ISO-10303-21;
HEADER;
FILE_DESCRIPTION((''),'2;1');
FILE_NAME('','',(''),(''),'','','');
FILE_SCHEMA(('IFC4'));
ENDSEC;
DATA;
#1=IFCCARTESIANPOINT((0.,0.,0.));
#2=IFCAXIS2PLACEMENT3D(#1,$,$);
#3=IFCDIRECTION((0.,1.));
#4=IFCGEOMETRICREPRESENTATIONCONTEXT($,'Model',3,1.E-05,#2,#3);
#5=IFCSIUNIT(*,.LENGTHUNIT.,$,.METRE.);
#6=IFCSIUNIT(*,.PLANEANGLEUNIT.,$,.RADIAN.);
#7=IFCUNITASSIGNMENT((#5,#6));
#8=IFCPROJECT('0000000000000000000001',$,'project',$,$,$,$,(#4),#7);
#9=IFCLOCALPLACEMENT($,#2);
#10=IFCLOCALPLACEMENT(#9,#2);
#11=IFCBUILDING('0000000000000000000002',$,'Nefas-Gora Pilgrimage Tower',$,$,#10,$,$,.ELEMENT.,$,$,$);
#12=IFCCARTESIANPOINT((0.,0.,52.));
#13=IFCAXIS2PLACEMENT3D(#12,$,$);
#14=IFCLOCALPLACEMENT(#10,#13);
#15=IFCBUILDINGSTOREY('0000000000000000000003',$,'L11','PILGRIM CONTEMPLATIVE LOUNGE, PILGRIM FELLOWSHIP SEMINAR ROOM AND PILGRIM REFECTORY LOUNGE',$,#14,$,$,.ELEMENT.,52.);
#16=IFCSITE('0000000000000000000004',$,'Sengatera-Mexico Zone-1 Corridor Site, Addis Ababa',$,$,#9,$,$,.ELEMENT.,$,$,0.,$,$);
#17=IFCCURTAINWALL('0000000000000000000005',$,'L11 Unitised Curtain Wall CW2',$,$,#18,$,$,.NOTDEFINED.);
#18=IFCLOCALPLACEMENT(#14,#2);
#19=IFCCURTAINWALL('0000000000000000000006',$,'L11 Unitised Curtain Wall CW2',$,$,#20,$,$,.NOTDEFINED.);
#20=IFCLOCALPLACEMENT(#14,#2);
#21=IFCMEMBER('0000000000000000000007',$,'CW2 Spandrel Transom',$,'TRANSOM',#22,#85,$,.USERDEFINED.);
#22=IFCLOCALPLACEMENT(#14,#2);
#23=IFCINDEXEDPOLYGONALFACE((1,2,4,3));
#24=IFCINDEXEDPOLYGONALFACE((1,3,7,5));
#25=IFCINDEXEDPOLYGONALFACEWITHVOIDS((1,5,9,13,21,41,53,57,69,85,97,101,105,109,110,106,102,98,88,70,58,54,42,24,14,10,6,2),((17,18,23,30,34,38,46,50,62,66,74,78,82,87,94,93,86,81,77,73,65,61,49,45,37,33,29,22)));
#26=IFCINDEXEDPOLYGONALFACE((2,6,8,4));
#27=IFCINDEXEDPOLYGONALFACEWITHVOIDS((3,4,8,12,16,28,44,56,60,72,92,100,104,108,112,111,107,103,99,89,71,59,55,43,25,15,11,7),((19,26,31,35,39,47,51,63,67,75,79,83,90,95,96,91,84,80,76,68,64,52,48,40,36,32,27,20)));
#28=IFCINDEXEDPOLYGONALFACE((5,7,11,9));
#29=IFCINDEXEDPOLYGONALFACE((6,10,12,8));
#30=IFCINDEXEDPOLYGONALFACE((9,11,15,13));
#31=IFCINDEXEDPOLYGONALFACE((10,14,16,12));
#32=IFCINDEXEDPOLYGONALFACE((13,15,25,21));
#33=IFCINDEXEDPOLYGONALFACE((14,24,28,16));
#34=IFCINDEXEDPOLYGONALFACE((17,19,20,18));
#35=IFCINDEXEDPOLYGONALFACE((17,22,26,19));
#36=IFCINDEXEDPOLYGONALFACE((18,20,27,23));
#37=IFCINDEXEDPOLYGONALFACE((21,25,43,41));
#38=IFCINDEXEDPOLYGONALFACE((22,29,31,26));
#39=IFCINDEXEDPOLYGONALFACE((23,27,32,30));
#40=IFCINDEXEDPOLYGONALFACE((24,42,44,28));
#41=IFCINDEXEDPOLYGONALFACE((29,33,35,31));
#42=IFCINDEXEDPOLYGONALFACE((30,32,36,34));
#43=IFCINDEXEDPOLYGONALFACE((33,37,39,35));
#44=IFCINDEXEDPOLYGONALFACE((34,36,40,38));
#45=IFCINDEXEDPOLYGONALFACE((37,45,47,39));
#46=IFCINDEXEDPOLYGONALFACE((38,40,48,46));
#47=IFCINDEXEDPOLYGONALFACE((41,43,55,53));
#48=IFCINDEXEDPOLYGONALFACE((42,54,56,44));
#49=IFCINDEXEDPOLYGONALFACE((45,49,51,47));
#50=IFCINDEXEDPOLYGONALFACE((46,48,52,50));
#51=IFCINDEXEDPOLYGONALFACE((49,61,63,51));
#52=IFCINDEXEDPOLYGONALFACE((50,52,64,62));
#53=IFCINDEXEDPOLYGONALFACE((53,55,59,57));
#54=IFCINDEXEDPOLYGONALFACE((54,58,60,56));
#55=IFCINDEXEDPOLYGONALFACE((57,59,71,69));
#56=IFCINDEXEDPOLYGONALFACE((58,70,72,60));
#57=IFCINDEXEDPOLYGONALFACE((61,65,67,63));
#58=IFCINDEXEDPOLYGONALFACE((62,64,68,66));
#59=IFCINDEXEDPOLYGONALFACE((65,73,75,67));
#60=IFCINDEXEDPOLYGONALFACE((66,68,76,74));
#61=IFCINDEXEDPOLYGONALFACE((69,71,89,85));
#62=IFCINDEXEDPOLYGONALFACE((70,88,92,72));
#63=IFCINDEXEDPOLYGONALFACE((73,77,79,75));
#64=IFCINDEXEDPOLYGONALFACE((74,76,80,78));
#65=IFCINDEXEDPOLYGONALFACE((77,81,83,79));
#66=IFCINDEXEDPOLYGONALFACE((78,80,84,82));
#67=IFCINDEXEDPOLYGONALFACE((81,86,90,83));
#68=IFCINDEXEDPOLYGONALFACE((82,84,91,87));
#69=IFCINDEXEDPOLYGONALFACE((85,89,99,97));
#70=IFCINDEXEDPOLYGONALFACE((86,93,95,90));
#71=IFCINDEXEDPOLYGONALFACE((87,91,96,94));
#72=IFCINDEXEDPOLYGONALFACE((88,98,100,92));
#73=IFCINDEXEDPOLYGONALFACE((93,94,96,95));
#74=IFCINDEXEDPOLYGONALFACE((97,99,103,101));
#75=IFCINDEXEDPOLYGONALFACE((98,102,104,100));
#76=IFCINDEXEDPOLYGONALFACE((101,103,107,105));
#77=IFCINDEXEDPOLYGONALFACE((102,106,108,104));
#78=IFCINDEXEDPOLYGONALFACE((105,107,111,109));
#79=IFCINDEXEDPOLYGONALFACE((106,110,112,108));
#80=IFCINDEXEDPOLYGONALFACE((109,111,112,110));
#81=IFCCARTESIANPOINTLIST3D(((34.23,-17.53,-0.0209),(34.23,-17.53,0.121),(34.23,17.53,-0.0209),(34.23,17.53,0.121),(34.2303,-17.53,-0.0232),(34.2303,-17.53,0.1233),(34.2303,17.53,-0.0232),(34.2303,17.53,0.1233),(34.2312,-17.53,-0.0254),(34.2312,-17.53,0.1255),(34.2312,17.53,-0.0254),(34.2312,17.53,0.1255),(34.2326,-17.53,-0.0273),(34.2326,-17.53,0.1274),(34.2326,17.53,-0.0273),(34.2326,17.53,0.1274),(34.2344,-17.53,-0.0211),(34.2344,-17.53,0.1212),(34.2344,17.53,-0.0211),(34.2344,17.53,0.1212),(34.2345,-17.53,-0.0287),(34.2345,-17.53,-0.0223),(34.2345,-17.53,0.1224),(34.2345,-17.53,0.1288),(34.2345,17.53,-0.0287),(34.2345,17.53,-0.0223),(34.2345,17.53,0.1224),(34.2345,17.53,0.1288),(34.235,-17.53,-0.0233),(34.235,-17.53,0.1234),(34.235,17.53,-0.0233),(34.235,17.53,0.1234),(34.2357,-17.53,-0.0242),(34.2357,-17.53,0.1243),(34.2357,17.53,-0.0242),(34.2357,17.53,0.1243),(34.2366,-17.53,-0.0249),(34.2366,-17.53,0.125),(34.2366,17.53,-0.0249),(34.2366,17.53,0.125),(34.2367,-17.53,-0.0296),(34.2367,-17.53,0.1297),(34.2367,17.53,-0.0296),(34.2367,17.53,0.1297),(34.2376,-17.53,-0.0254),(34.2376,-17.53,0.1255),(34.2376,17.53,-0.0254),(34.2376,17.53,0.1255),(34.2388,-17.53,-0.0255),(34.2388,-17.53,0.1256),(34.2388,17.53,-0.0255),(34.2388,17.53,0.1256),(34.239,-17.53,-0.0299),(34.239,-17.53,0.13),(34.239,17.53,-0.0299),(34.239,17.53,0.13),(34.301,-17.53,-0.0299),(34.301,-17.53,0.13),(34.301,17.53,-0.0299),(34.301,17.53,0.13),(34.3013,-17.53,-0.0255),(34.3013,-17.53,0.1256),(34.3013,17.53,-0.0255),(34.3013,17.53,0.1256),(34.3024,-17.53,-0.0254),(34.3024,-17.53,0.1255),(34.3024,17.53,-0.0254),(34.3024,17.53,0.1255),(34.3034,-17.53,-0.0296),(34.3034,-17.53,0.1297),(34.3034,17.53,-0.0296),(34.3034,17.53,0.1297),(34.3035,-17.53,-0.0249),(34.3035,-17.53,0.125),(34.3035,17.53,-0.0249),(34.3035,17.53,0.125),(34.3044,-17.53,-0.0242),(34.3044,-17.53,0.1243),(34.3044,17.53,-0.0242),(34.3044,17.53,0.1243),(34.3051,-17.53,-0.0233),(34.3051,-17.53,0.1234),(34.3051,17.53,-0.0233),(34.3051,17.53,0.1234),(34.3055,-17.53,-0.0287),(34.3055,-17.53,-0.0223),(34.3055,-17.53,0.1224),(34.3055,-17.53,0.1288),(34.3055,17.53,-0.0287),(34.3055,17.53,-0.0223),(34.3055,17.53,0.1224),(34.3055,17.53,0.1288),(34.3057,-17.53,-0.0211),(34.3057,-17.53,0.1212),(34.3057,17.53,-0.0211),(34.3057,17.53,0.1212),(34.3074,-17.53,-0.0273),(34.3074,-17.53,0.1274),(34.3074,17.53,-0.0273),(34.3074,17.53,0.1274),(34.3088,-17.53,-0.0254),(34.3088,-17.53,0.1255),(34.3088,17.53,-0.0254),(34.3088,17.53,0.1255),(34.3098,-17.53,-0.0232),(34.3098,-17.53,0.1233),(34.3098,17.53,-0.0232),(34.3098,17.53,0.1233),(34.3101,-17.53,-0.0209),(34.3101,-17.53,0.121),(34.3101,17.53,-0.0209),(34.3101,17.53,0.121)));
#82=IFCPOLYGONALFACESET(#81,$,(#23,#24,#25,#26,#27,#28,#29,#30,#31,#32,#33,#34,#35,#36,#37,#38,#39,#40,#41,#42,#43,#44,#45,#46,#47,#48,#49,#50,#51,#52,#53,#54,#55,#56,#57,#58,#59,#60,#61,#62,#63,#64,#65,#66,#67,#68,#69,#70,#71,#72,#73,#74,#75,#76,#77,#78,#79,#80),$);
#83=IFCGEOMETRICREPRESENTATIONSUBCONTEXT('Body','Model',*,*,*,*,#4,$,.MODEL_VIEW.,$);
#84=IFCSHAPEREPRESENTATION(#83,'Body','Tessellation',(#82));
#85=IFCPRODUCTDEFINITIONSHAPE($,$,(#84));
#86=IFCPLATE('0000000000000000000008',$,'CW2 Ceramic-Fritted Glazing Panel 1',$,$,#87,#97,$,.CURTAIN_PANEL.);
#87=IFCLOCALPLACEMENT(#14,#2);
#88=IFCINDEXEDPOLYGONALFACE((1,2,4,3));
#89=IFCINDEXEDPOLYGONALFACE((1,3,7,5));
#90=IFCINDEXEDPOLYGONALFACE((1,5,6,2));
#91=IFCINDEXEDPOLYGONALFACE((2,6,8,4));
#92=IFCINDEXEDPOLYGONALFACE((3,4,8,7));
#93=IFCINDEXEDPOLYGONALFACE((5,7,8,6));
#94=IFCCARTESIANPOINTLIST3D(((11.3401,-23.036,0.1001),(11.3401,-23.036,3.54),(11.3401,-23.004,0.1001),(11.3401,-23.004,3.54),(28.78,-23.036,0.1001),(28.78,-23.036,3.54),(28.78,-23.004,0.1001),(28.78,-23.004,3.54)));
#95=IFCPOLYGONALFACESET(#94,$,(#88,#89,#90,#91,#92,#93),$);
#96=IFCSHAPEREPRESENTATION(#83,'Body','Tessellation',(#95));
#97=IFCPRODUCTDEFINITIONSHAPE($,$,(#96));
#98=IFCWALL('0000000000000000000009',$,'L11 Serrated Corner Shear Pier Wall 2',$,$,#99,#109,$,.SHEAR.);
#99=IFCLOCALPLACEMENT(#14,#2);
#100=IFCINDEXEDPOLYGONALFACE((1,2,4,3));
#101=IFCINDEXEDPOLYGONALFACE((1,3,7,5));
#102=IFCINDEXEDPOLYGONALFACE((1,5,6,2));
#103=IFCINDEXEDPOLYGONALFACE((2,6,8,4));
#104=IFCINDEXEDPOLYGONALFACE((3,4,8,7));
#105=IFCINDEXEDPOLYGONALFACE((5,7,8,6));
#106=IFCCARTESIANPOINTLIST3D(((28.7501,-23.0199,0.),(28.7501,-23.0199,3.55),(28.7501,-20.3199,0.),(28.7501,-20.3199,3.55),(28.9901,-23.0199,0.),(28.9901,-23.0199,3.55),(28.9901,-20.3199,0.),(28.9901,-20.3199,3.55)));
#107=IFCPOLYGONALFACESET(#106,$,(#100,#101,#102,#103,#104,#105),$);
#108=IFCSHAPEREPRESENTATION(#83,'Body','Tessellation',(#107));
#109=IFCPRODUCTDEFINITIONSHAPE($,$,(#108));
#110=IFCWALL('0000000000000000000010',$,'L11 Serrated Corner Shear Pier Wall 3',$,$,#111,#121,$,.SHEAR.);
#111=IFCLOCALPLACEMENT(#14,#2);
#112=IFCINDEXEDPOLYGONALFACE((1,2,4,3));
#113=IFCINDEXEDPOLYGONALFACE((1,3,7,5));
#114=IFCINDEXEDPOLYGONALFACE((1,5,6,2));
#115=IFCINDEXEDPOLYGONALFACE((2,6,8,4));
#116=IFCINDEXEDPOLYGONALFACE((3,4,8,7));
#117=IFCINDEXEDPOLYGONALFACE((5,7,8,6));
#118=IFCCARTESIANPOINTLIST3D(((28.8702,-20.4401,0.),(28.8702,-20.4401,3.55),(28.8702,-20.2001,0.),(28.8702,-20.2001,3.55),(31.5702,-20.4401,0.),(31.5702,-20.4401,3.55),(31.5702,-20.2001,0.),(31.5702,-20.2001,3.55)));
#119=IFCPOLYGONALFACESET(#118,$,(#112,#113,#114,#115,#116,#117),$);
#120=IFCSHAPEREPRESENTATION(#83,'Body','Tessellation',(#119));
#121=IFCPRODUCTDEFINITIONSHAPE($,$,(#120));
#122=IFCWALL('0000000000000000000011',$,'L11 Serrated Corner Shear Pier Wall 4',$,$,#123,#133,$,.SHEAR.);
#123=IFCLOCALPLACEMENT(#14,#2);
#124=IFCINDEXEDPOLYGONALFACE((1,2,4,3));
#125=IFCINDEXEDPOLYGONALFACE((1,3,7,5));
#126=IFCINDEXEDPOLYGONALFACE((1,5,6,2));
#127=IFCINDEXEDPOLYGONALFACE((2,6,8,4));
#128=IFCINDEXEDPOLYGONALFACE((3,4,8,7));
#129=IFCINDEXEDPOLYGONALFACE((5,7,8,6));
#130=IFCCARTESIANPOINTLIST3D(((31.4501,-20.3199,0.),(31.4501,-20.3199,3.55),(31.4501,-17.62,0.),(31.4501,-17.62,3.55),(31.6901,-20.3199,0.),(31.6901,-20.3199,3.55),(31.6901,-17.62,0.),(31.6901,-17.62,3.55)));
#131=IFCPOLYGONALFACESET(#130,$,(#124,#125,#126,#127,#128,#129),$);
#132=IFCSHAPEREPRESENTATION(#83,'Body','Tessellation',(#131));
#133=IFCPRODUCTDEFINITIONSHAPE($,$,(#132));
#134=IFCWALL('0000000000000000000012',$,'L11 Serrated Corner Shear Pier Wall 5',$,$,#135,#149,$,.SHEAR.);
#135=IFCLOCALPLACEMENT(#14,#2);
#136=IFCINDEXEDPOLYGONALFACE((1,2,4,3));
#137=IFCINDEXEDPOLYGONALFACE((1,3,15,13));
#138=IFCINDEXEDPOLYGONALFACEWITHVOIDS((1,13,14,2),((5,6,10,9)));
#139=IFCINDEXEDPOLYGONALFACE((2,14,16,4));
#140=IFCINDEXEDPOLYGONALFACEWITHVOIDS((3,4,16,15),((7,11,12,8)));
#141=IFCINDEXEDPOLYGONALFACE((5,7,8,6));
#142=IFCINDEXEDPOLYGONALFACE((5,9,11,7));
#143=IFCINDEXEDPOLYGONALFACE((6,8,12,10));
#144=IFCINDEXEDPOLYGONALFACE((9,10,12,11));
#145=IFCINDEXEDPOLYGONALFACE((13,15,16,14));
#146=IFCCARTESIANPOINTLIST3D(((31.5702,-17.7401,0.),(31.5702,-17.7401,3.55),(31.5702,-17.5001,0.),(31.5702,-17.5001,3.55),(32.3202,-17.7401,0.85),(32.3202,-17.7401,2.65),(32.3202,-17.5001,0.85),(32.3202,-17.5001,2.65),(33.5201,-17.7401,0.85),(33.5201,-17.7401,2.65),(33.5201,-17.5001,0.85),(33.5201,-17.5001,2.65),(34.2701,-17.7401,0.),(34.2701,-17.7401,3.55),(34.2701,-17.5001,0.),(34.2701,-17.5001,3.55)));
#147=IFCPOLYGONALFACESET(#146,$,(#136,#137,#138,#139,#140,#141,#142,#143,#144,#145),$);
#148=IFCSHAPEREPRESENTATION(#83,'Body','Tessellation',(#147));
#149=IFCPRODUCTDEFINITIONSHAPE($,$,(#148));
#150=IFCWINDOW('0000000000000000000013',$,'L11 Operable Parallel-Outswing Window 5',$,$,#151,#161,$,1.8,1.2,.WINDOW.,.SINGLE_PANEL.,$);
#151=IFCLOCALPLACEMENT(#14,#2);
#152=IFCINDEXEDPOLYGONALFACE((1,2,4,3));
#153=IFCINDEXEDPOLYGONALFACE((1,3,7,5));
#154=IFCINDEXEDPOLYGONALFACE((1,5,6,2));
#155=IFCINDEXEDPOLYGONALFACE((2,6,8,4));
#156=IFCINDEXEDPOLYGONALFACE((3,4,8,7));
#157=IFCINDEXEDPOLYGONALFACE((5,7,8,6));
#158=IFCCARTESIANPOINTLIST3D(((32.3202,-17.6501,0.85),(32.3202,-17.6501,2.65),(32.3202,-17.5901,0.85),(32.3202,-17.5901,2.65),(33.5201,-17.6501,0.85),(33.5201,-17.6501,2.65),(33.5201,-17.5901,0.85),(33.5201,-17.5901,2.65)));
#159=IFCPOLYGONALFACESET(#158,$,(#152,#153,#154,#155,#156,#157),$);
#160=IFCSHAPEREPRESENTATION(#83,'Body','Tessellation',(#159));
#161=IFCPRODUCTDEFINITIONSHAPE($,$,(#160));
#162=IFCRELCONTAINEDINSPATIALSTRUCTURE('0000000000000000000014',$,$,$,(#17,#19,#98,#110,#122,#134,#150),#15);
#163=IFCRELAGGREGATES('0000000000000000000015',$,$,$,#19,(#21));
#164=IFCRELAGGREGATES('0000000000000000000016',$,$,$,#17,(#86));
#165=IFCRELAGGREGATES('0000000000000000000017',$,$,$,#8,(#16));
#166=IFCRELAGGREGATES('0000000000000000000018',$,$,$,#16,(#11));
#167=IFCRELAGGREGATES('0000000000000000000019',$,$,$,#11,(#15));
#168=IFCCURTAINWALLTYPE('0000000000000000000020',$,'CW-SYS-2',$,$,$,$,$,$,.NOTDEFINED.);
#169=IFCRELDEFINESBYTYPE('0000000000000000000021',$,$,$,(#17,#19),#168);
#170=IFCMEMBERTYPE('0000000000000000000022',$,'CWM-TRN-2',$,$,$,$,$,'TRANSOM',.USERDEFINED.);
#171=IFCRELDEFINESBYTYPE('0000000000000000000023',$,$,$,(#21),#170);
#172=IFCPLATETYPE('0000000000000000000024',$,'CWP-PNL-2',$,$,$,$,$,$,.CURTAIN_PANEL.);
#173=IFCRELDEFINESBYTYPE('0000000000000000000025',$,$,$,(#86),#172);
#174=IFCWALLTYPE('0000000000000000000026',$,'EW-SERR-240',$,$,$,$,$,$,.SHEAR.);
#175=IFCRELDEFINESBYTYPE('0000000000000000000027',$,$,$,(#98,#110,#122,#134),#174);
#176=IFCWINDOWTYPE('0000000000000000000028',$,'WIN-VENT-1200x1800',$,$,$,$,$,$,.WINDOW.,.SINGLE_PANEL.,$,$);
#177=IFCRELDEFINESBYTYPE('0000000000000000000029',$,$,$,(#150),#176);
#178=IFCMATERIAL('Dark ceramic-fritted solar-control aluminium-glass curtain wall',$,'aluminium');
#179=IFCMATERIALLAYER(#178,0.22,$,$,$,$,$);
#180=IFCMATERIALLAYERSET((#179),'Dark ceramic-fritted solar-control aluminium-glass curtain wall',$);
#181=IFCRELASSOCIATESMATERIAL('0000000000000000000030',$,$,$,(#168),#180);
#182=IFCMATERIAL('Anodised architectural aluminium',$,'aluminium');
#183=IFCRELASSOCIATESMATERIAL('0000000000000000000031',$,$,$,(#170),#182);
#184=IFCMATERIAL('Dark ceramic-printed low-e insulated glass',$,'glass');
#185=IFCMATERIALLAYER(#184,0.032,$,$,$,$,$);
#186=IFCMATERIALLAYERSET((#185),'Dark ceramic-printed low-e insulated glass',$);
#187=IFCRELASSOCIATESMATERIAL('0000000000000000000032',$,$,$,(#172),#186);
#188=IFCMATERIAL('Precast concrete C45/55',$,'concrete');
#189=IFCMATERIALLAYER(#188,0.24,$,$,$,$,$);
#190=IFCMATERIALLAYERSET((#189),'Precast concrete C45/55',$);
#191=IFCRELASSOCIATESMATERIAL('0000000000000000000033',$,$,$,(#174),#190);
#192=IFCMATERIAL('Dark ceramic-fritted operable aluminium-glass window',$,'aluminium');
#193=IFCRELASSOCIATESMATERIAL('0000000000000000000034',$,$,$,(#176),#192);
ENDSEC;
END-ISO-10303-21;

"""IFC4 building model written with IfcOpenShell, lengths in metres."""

from ifc_helpers import new_model, si_unit, direction, frame, frame_2d, origin, origin_2d, place, context, subcontext, project, spatial, rectangle, hollow_rectangle, extrude, source, transform, mapped, material, layer, layer_set, material_profile, profile_set, type_object, element, fill, aggregate, save


model = new_model("IFC4")

# Units and contexts
model_context = context("Model", 3, precision=1e-05, world=origin(), true_north=direction((0.0, 1.0)))
body_context = subcontext(model_context, "Body", "Model", "MODEL_VIEW")
ifc_project = project(units=[si_unit("LENGTHUNIT", "METRE"), si_unit("PLANEANGLEUNIT", "RADIAN")], contexts=[model_context])

# Site, building, storey
site_placement = place(None, origin())
site = spatial("IfcSite", under=ifc_project, at=site_placement, Name="Sengatera-Mexico Zone-1 Corridor Site, Addis Ababa", CompositionType="ELEMENT", RefElevation=0.0)
building_placement = place(site_placement, origin())
building = spatial("IfcBuilding", under=site, at=building_placement, Name="Nefas-Gora Pilgrimage Tower", CompositionType="ELEMENT")
storey_placement = place(building_placement, frame((0.0, 0.0, 52.0)))
storey = spatial("IfcBuildingStorey", under=building, at=storey_placement, Name="L11", Description="PILGRIM CONTEMPLATIVE LOUNGE, PILGRIM FELLOWSHIP SEMINAR ROOM AND PILGRIM REFECTORY LOUNGE", CompositionType="ELEMENT", Elevation=52.0)

# Curtain wall
ifc_material_1 = material(Name="Dark ceramic-fritted solar-control aluminium-glass curtain wall", Category="aluminium")
ifc_layer_1 = layer(ifc_material_1, 0.22)
ifc_layer_set_1 = layer_set([ifc_layer_1], Name="Dark ceramic-fritted solar-control aluminium-glass curtain wall")
curtain_wall_type = type_object("IfcCurtainWallType", Name="CW-SYS-2", PredefinedType="NOTDEFINED", material=ifc_layer_set_1)
curtain_wall_1_placement = place(storey_placement, origin())
curtain_wall_1 = element("IfcCurtainWall", 1, at=curtain_wall_1_placement, inside=storey, type_object=curtain_wall_type, Name="L11 Unitised Curtain Wall CW2", PredefinedType="NOTDEFINED")
ifc_material_2 = material(Name="Anodised architectural aluminium", Category="aluminium")

# Curtain wall, member
curtain_wall_2_placement = place(storey_placement, origin())
curtain_wall_2 = element("IfcCurtainWall", 2, at=curtain_wall_2_placement, inside=storey, type_object=curtain_wall_type, Name="L11 Unitised Curtain Wall CW2", PredefinedType="NOTDEFINED")
ifc_material_profile_1 = material_profile(ifc_material_2, hollow_rectangle(XDim=0.0801, YDim=0.1599, WallThickness=0.0044, InnerFilletRadius=0.0044, OuterFilletRadius=0.009, at=origin_2d()), Name="ALU TRANSOM 80x160")
ifc_profile_set_1 = profile_set([ifc_material_profile_1], Name="Anodised architectural aluminium")
member_type_1 = type_object("IfcMemberType", Name="CWM-TRN-2", ElementType="TRANSOM", PredefinedType="USERDEFINED", material=ifc_profile_set_1)
shared_shape_1 = source(origin(), body_context, "Body", "SweptSolid", [
    extrude(hollow_rectangle(XDim=0.0801, YDim=0.1599, WallThickness=0.0044, InnerFilletRadius=0.0044, OuterFilletRadius=0.009, at=origin_2d()), origin(), (0.0, 0.0, 1.0), 35.0601),
])
member_1_placement = place(storey_placement, frame((34.27, -17.53, 0.05), z_axis=(0.0, 1.0, 0.0), x_axis=(-1.0, 0.0, 0.0)))
member_1 = element("IfcMember", 3, at=member_1_placement, type_object=member_type_1, Name="CW2 Spandrel Transom", ObjectType="TRANSOM", PredefinedType="USERDEFINED", context=body_context, shape_type="MappedRepresentation", body=[
    mapped(shared_shape_1, transform((0.0, 0.0, 0.0), x_axis=(1.0, 0.0, 0.0), y_axis=(0.0, 1.0, 0.0), z_axis=(0.0, 0.0, 1.0), scale=1.0)),
])
aggregate(curtain_wall_2, [member_1])

# Plate
ifc_material_3 = material(Name="Dark ceramic-printed low-e insulated glass", Category="glass")
ifc_layer_2 = layer(ifc_material_3, 0.032)
ifc_layer_set_2 = layer_set([ifc_layer_2], Name="Dark ceramic-printed low-e insulated glass")
plate_type = type_object("IfcPlateType", Name="CWP-PNL-2", PredefinedType="CURTAIN_PANEL", material=ifc_layer_set_2)
shared_shape_2 = source(origin(), body_context, "Body", "SweptSolid", [
    extrude(rectangle(XDim=17.4399, YDim=0.032, at=origin_2d()), origin(), (0.0, 0.0, 1.0), 3.4399),
])
plate_placement = place(storey_placement, frame((20.0601, -23.02, 0.1001), z_axis=(0.0, 0.0, 1.0), x_axis=(1.0, 0.0, 0.0)))
plate = element("IfcPlate", 4, at=plate_placement, type_object=plate_type, Name="CW2 Ceramic-Fritted Glazing Panel 1", PredefinedType="CURTAIN_PANEL", context=body_context, shape_type="MappedRepresentation", body=[
    mapped(shared_shape_2, transform((0.0, 0.0, 0.0), x_axis=(1.0, 0.0, 0.0), y_axis=(0.0, 1.0, 0.0), z_axis=(0.0, 0.0, 1.0), scale=1.0)),
])
aggregate(curtain_wall_1, [plate])

# Walls
ifc_material_4 = material(Name="Precast concrete C45/55", Category="concrete")
ifc_layer_3 = layer(ifc_material_4, 0.24)
ifc_layer_set_3 = layer_set([ifc_layer_3], Name="Precast concrete C45/55")
wall_type_1 = type_object("IfcWallType", Name="EW-SERR-240", PredefinedType="SHEAR", material=ifc_layer_set_3)
shared_shape_3 = source(origin(), body_context, "Body", "SweptSolid", [
    extrude(rectangle(XDim=2.7, YDim=0.24, at=frame_2d((1.3501, 0.0))), origin(), (0.0, 0.0, 1.0), 3.55),
])
for number, where, z_axis, x_axis, name in (
    (5, (28.8701, -23.02, 0.0), (0.0, 0.0, 1.0), (0.0, 1.0, 0.0), "L11 Serrated Corner Shear Pier Wall 2"),
    (6, (28.8701, -20.3201, 0.0), (0.0, 0.0, 1.0), (1.0, 0.0, 0.0), "L11 Serrated Corner Shear Pier Wall 3"),
    (7, (31.5701, -20.3201, 0.0), (0.0, 0.0, 1.0), (0.0, 1.0, 0.0), "L11 Serrated Corner Shear Pier Wall 4"),
):
    element("IfcWall", number, at=place(storey_placement, frame(where, z_axis=z_axis, x_axis=x_axis)), inside=storey, type_object=wall_type_1, Name=name, PredefinedType="SHEAR", context=body_context, shape_type="MappedRepresentation", body=[
        mapped(shared_shape_3, transform((0.0, 0.0, 0.0), x_axis=(1.0, 0.0, 0.0), y_axis=(0.0, 1.0, 0.0), z_axis=(0.0, 0.0, 1.0), scale=1.0)),
    ])

# Wall, opening, window
wall_1_placement = place(storey_placement, frame((31.5701, -17.6201, 0.0), z_axis=(0.0, 0.0, 1.0), x_axis=(1.0, 0.0, 0.0)))
wall_1 = element("IfcWall", 8, at=wall_1_placement, inside=storey, type_object=wall_type_1, Name="L11 Serrated Corner Shear Pier Wall 5", PredefinedType="SHEAR", context=body_context, shape_type="MappedRepresentation", body=[
    mapped(shared_shape_3, transform((0.0, 0.0, 0.0), x_axis=(1.0, 0.0, 0.0), y_axis=(0.0, 1.0, 0.0), z_axis=(0.0, 0.0, 1.0), scale=1.0)),
])
opening_1_placement = place(wall_1_placement, frame((0.75, 0.0, 0.8501)))
opening_1 = element("IfcOpeningElement", 9, at=opening_1_placement, cuts=wall_1, PredefinedType="OPENING", context=body_context, shape_type="SweptSolid", body=[
    extrude(rectangle(XDim=1.2, YDim=1.8, at=frame_2d((0.6001, 0.8999))), frame((0.0, 0.1299, 0.0), z_axis=(0.0, -1.0, 0.0), x_axis=(1.0, 0.0, 0.0)), (0.0, 0.0, 1.0), 0.26),
])
ifc_material_5 = material(Name="Dark ceramic-fritted operable aluminium-glass window", Category="aluminium")
window_type = type_object("IfcWindowType", Name="WIN-VENT-1200x1800", PartitioningType="SINGLE_PANEL", PredefinedType="WINDOW", material=ifc_material_5)
shared_shape_4 = source(origin(), body_context, "Body", "SweptSolid", [
    extrude(rectangle(XDim=1.2, YDim=1.8, at=frame_2d((0.6001, 0.8999))), frame((0.0, 0.03, 0.0), z_axis=(0.0, -1.0, 0.0), x_axis=(1.0, 0.0, 0.0)), (0.0, 0.0, 1.0), 0.0601),
])
window_placement = place(opening_1_placement, origin())
window = element("IfcWindow", 10, at=window_placement, inside=storey, type_object=window_type, Name="L11 Operable Parallel-Outswing Window 5", OverallHeight=1.8, OverallWidth=1.2, PartitioningType="SINGLE_PANEL", PredefinedType="WINDOW", context=body_context, shape_type="MappedRepresentation", body=[
    mapped(shared_shape_4, transform((0.0, 0.0, 0.0), x_axis=(1.0, 0.0, 0.0), y_axis=(0.0, 1.0, 0.0), z_axis=(0.0, 0.0, 1.0), scale=1.0)),
])
fill(opening_1, window)

save(model, "model.ifc")
